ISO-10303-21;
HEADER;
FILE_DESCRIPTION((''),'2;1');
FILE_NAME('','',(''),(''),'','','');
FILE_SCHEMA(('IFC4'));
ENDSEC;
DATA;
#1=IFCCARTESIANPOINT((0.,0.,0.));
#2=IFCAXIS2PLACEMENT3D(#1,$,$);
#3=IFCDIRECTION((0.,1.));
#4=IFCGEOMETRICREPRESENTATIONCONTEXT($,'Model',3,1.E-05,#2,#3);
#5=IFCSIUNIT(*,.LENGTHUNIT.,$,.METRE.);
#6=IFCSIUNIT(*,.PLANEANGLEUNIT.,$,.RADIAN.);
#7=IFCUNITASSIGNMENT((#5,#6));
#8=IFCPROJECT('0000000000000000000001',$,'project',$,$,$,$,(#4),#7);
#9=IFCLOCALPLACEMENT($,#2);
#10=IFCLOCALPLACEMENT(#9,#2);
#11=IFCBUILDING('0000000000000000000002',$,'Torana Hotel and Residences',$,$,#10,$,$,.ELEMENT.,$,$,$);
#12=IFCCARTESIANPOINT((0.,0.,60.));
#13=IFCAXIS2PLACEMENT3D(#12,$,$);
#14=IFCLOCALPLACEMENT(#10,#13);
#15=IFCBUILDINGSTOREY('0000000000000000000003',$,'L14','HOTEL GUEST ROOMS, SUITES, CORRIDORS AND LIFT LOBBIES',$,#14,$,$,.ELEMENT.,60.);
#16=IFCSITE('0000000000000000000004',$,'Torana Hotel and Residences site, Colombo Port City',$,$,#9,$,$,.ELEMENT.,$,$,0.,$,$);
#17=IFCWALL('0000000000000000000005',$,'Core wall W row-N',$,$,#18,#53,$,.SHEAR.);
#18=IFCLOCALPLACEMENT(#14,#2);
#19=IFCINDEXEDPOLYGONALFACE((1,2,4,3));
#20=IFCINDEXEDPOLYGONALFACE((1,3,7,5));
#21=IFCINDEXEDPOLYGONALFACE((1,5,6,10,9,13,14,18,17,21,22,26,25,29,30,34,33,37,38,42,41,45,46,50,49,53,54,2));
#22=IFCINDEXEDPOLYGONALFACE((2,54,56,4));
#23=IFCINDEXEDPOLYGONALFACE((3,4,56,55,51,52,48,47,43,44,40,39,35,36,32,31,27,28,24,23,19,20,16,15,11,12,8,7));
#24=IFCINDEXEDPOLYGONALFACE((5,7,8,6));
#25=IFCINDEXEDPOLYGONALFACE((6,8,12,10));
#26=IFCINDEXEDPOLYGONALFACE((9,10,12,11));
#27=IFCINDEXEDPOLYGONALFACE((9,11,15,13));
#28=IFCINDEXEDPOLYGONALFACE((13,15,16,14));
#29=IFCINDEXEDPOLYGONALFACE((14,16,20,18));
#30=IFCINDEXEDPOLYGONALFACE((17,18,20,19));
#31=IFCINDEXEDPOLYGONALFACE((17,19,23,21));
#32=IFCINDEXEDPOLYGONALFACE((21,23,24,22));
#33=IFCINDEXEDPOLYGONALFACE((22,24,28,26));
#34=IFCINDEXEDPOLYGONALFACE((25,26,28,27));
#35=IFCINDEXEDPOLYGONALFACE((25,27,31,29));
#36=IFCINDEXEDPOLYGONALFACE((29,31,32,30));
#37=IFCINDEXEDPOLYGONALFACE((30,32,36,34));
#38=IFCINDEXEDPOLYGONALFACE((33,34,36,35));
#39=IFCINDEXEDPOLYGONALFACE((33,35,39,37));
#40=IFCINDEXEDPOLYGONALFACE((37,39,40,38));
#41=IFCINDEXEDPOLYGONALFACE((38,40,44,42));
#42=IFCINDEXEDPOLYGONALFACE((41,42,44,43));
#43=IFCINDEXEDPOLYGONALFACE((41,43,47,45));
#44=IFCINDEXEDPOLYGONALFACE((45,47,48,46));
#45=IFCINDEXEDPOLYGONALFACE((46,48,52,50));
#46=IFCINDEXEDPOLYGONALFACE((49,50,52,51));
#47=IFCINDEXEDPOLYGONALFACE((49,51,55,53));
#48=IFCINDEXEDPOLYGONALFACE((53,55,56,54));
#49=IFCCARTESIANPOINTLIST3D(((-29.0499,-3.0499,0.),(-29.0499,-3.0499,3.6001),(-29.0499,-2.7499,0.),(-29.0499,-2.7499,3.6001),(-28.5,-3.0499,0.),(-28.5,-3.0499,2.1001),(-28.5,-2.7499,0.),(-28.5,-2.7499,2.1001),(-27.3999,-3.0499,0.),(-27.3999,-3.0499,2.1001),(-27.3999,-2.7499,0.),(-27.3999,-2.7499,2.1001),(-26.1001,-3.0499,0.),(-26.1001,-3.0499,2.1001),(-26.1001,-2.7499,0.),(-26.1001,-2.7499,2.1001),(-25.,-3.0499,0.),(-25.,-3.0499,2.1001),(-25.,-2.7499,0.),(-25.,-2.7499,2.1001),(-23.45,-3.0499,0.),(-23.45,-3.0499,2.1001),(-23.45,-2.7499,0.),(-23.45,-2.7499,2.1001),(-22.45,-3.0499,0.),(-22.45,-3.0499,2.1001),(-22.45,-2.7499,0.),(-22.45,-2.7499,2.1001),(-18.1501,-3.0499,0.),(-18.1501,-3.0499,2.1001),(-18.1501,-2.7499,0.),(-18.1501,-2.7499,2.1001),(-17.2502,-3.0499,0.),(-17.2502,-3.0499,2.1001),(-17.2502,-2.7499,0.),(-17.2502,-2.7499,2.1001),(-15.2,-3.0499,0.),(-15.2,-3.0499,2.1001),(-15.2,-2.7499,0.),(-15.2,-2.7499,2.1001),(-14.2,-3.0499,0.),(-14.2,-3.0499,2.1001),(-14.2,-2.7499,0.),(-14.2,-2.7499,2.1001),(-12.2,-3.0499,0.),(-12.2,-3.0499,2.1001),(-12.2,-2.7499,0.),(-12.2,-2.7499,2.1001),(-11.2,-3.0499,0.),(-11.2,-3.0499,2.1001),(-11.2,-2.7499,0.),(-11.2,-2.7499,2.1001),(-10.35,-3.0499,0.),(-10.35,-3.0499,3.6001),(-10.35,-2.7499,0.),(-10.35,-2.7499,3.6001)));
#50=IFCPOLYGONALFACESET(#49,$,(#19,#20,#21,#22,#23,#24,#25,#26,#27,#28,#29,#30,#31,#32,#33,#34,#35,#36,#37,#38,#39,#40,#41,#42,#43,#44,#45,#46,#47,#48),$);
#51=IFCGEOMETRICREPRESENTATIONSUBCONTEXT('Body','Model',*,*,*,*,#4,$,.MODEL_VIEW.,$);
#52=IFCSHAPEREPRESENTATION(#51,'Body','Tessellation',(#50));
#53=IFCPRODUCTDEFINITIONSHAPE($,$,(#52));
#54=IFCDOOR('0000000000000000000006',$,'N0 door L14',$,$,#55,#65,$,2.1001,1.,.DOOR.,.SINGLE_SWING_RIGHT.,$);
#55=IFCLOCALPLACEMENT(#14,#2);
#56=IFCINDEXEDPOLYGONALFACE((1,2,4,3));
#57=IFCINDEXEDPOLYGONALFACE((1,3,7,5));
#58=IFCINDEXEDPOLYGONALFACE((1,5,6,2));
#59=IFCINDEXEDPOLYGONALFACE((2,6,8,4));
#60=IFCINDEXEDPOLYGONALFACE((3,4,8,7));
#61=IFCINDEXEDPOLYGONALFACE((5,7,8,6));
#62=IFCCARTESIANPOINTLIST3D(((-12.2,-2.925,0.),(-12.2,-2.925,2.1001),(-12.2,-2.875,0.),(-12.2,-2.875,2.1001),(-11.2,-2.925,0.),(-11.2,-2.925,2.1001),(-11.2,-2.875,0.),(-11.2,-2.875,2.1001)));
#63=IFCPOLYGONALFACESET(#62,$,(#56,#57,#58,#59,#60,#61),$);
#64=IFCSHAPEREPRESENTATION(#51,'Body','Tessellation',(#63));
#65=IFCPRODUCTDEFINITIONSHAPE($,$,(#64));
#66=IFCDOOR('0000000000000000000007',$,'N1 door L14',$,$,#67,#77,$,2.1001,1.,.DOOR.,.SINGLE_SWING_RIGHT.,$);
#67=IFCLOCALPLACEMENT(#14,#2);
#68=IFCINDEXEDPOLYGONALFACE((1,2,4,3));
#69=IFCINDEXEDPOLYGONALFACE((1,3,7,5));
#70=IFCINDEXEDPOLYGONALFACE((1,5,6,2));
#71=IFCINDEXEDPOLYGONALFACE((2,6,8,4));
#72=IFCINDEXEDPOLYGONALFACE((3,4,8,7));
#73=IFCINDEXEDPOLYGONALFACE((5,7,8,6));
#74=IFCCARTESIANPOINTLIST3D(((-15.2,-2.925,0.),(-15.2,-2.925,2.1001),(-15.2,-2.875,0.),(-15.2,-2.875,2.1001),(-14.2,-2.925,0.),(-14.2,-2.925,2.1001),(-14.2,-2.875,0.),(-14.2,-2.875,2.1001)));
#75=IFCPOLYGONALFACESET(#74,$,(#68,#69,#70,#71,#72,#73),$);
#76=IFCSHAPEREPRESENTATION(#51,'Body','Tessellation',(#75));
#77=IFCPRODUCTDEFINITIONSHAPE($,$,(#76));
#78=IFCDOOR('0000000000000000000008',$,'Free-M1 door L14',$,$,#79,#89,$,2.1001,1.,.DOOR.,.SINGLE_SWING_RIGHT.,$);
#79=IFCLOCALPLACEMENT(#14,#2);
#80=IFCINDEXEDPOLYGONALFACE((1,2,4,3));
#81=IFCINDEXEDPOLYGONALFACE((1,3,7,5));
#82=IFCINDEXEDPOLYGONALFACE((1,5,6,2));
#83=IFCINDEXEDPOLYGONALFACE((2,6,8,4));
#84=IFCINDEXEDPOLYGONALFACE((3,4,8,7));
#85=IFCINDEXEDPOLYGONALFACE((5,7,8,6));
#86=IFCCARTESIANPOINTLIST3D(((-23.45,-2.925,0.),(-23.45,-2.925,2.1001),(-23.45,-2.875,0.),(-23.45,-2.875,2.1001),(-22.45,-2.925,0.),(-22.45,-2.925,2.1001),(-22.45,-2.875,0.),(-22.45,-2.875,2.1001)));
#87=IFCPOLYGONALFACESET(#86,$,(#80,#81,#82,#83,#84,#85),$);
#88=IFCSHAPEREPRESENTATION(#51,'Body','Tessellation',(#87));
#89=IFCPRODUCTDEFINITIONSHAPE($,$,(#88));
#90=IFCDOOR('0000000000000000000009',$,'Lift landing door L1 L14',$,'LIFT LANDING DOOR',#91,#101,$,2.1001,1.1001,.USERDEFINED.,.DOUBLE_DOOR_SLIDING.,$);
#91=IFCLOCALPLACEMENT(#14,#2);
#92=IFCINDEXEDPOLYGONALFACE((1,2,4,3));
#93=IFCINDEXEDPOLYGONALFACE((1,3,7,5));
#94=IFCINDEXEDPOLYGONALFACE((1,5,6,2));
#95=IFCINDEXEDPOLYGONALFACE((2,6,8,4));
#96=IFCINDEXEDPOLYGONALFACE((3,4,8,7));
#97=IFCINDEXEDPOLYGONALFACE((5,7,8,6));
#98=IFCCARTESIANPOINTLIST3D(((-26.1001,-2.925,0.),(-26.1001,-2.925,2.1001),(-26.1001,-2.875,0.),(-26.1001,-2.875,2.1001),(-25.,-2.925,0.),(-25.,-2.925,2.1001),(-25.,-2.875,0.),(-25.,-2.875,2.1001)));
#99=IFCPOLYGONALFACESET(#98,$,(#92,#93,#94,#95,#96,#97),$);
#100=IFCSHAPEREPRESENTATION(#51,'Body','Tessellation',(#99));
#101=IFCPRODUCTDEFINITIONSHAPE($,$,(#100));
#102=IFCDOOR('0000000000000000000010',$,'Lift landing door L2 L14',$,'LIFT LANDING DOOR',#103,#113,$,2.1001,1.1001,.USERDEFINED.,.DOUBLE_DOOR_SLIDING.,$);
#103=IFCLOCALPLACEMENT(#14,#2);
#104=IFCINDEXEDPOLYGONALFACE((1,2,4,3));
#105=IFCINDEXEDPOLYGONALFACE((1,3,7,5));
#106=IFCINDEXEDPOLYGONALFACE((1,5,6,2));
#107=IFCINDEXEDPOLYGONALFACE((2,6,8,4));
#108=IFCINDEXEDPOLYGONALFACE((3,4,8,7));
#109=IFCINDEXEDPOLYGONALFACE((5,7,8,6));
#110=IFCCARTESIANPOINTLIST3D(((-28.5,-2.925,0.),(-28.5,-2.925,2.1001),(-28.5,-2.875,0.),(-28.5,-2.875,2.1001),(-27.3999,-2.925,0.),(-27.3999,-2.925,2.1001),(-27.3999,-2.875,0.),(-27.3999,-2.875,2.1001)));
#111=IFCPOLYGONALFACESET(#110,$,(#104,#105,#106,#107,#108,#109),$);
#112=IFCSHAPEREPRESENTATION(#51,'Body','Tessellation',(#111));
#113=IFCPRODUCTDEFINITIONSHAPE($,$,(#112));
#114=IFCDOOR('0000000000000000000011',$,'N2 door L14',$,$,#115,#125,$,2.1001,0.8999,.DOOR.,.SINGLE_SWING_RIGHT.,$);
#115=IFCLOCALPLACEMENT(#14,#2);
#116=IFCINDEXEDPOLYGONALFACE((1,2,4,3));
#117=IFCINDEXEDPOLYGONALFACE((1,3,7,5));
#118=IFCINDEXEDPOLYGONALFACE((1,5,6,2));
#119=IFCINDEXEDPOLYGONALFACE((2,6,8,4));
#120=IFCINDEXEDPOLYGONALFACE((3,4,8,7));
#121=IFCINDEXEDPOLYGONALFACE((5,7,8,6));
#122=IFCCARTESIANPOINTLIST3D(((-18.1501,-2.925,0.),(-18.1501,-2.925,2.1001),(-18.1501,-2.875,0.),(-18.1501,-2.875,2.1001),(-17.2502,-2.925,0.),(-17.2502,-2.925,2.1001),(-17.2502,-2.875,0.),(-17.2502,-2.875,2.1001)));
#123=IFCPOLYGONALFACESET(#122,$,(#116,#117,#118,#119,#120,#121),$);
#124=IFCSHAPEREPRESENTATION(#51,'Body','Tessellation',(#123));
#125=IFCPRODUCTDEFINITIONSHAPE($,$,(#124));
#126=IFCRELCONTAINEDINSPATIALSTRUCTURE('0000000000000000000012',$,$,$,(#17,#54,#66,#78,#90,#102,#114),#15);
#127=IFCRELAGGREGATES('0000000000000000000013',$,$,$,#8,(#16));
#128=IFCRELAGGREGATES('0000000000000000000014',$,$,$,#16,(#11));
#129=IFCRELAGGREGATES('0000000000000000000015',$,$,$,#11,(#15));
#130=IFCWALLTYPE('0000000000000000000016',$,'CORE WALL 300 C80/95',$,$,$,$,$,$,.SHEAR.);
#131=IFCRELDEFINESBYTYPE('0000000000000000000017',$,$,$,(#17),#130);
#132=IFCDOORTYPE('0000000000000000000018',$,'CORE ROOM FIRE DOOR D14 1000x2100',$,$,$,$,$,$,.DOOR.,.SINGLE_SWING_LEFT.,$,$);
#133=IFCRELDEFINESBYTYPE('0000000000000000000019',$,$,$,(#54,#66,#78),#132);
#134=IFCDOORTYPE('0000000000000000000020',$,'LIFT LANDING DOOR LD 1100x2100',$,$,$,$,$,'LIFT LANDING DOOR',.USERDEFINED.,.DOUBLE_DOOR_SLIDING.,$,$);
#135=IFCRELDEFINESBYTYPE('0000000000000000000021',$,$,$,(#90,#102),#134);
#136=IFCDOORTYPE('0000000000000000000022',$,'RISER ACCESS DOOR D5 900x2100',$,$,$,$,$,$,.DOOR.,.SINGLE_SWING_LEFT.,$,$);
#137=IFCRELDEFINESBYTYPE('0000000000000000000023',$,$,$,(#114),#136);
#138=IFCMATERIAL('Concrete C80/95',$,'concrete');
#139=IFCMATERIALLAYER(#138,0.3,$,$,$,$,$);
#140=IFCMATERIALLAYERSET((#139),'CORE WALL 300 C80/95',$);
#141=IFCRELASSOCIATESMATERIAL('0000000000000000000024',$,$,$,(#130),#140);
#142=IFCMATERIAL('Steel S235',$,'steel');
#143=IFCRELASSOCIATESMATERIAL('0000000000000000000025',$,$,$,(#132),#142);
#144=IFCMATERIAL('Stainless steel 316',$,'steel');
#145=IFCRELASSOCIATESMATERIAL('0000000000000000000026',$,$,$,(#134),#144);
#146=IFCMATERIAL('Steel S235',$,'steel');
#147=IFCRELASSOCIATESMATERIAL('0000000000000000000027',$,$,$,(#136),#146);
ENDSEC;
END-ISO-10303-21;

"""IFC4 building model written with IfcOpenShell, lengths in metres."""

from ifc_helpers import new_model, si_unit, direction, frame, frame_2d, origin, place, context, subcontext, project, spatial, rectangle, extrude, material, layer, layer_set, type_object, element, fill, save


model = new_model("IFC4")

# Units and contexts
model_context = context("Model", 3, precision=1e-05, world=origin(), true_north=direction((0.0, 1.0)))
body_context = subcontext(model_context, "Body", "Model", "MODEL_VIEW")
ifc_project = project(units=[si_unit("LENGTHUNIT", "METRE"), si_unit("PLANEANGLEUNIT", "RADIAN")], contexts=[model_context])

# Site, building, storey
site_placement = place(None, origin())
site = spatial("IfcSite", under=ifc_project, at=site_placement, Name="Torana Hotel and Residences site, Colombo Port City", CompositionType="ELEMENT", RefElevation=0.0)
building_placement = place(site_placement, origin())
building = spatial("IfcBuilding", under=site, at=building_placement, Name="Torana Hotel and Residences", CompositionType="ELEMENT")
storey_placement = place(building_placement, frame((0.0, 0.0, 60.0)))
storey = spatial("IfcBuildingStorey", under=building, at=storey_placement, Name="L14", Description="HOTEL GUEST ROOMS, SUITES, CORRIDORS AND LIFT LOBBIES", CompositionType="ELEMENT", Elevation=60.0)

# Wall, openings, doors
ifc_material_1 = material(Name="Concrete C80/95", Category="concrete")
ifc_layer_1 = layer(ifc_material_1, 0.3)
ifc_layer_set_1 = layer_set([ifc_layer_1], Name="CORE WALL 300 C80/95")
wall_type_1 = type_object("IfcWallType", Name="CORE WALL 300 C80/95", PredefinedType="SHEAR", material=ifc_layer_set_1)
wall_1_placement = place(storey_placement, frame((-29.05, -2.8999, 0.0), z_axis=(0.0, 0.0, 1.0), x_axis=(1.0, 0.0, 0.0)))
wall_1 = element("IfcWall", 1, at=wall_1_placement, inside=storey, type_object=wall_type_1, Name="Core wall W row-N", PredefinedType="SHEAR", context=body_context, shape_type="SweptSolid", body=[
    extrude(rectangle(XDim=18.7, YDim=0.3, at=frame_2d((9.3501, 0.0))), origin(), (0.0, 0.0, 1.0), 3.6001),
])
opening_1_placement = place(wall_1_placement, frame((2.95, 0.0, 0.0)))
opening_1 = element("IfcOpeningElement", 2, at=opening_1_placement, cuts=wall_1, PredefinedType="OPENING", context=body_context, shape_type="SweptSolid", body=[
    extrude(rectangle(XDim=1.1001, YDim=2.1001, at=frame_2d((0.55, 1.05))), frame((0.0, 0.1599, 0.0), z_axis=(0.0, -1.0, 0.0), x_axis=(1.0, 0.0, 0.0)), (0.0, 0.0, 1.0), 0.3201),
])
opening_2_placement = place(wall_1_placement, frame((0.55, 0.0, 0.0)))
opening_2 = element("IfcOpeningElement", 3, at=opening_2_placement, cuts=wall_1, PredefinedType="OPENING", context=body_context, shape_type="SweptSolid", body=[
    extrude(rectangle(XDim=1.1001, YDim=2.1001, at=frame_2d((0.55, 1.05))), frame((0.0, 0.1599, 0.0), z_axis=(0.0, -1.0, 0.0), x_axis=(1.0, 0.0, 0.0)), (0.0, 0.0, 1.0), 0.3201),
])
opening_3_placement = place(wall_1_placement, frame((10.8999, 0.0, 0.0)))
opening_3 = element("IfcOpeningElement", 4, at=opening_3_placement, cuts=wall_1, PredefinedType="OPENING", context=body_context, shape_type="SweptSolid", body=[
    extrude(rectangle(XDim=0.8999, YDim=2.1001, at=frame_2d((0.45, 1.05))), frame((0.0, 0.1599, 0.0), z_axis=(0.0, -1.0, 0.0), x_axis=(1.0, 0.0, 0.0)), (0.0, 0.0, 1.0), 0.3201),
])
opening_4_placement = place(wall_1_placement, frame((16.8501, 0.0, 0.0)))
opening_4 = element("IfcOpeningElement", 5, at=opening_4_placement, cuts=wall_1, PredefinedType="OPENING", context=body_context, shape_type="SweptSolid", body=[
    extrude(rectangle(XDim=1.0, YDim=2.1001, at=frame_2d((0.5, 1.05))), frame((0.0, 0.1599, 0.0), z_axis=(0.0, -1.0, 0.0), x_axis=(1.0, 0.0, 0.0)), (0.0, 0.0, 1.0), 0.3201),
])
opening_5_placement = place(wall_1_placement, frame((13.8501, 0.0, 0.0)))
opening_5 = element("IfcOpeningElement", 6, at=opening_5_placement, cuts=wall_1, PredefinedType="OPENING", context=body_context, shape_type="SweptSolid", body=[
    extrude(rectangle(XDim=1.0, YDim=2.1001, at=frame_2d((0.5, 1.05))), frame((0.0, 0.1599, 0.0), z_axis=(0.0, -1.0, 0.0), x_axis=(1.0, 0.0, 0.0)), (0.0, 0.0, 1.0), 0.3201),
])
opening_6_placement = place(wall_1_placement, frame((5.6001, 0.0, 0.0)))
opening_6 = element("IfcOpeningElement", 7, at=opening_6_placement, cuts=wall_1, PredefinedType="OPENING", context=body_context, shape_type="SweptSolid", body=[
    extrude(rectangle(XDim=1.0, YDim=2.1001, at=frame_2d((0.5, 1.05))), frame((0.0, 0.1599, 0.0), z_axis=(0.0, -1.0, 0.0), x_axis=(1.0, 0.0, 0.0)), (0.0, 0.0, 1.0), 0.3201),
])
ifc_material_2 = material(Name="Steel S235", Category="steel")
door_type_1 = type_object("IfcDoorType", Name="CORE ROOM FIRE DOOR D14 1000x2100", OperationType="SINGLE_SWING_LEFT", PredefinedType="DOOR", material=ifc_material_2)
door_1_placement = place(opening_4_placement, origin())
door_1 = element("IfcDoor", 8, at=door_1_placement, inside=storey, type_object=door_type_1, Name="N0 door L14", OperationType="SINGLE_SWING_RIGHT", OverallHeight=2.1001, OverallWidth=1.0, PredefinedType="DOOR", context=body_context, shape_type="SweptSolid", body=[
    extrude(rectangle(XDim=1.0, YDim=2.1001, at=frame_2d((0.5, 1.05))), frame((0.0, 0.0249, 0.0), z_axis=(0.0, -1.0, 0.0), x_axis=(1.0, 0.0, 0.0)), (0.0, 0.0, 1.0), 0.05),
])
fill(opening_4, door_1)
door_2_placement = place(opening_5_placement, origin())
door_2 = element("IfcDoor", 9, at=door_2_placement, inside=storey, type_object=door_type_1, Name="N1 door L14", OperationType="SINGLE_SWING_RIGHT", OverallHeight=2.1001, OverallWidth=1.0, PredefinedType="DOOR", context=body_context, shape_type="SweptSolid", body=[
    extrude(rectangle(XDim=1.0, YDim=2.1001, at=frame_2d((0.5, 1.05))), frame((0.0, 0.0249, 0.0), z_axis=(0.0, -1.0, 0.0), x_axis=(1.0, 0.0, 0.0)), (0.0, 0.0, 1.0), 0.05),
])
fill(opening_5, door_2)
door_3_placement = place(opening_6_placement, origin())
door_3 = element("IfcDoor", 10, at=door_3_placement, inside=storey, type_object=door_type_1, Name="Free-M1 door L14", OperationType="SINGLE_SWING_RIGHT", OverallHeight=2.1001, OverallWidth=1.0, PredefinedType="DOOR", context=body_context, shape_type="SweptSolid", body=[
    extrude(rectangle(XDim=1.0, YDim=2.1001, at=frame_2d((0.5, 1.05))), frame((0.0, 0.0249, 0.0), z_axis=(0.0, -1.0, 0.0), x_axis=(1.0, 0.0, 0.0)), (0.0, 0.0, 1.0), 0.05),
])
fill(opening_6, door_3)
ifc_material_3 = material(Name="Stainless steel 316", Category="steel")
door_type_2 = type_object("IfcDoorType", Name="LIFT LANDING DOOR LD 1100x2100", ElementType="LIFT LANDING DOOR", OperationType="DOUBLE_DOOR_SLIDING", PredefinedType="USERDEFINED", material=ifc_material_3)
door_4_placement = place(opening_1_placement, origin())
door_4 = element("IfcDoor", 11, at=door_4_placement, inside=storey, type_object=door_type_2, Name="Lift landing door L1 L14", ObjectType="LIFT LANDING DOOR", OperationType="DOUBLE_DOOR_SLIDING", OverallHeight=2.1001, OverallWidth=1.1001, PredefinedType="USERDEFINED", context=body_context, shape_type="SweptSolid", body=[
    extrude(rectangle(XDim=1.1001, YDim=2.1001, at=frame_2d((0.55, 1.05))), frame((0.0, 0.0249, 0.0), z_axis=(0.0, -1.0, 0.0), x_axis=(1.0, 0.0, 0.0)), (0.0, 0.0, 1.0), 0.05),
])
fill(opening_1, door_4)
door_5_placement = place(opening_2_placement, origin())
door_5 = element("IfcDoor", 12, at=door_5_placement, inside=storey, type_object=door_type_2, Name="Lift landing door L2 L14", ObjectType="LIFT LANDING DOOR", OperationType="DOUBLE_DOOR_SLIDING", OverallHeight=2.1001, OverallWidth=1.1001, PredefinedType="USERDEFINED", context=body_context, shape_type="SweptSolid", body=[
    extrude(rectangle(XDim=1.1001, YDim=2.1001, at=frame_2d((0.55, 1.05))), frame((0.0, 0.0249, 0.0), z_axis=(0.0, -1.0, 0.0), x_axis=(1.0, 0.0, 0.0)), (0.0, 0.0, 1.0), 0.05),
])
fill(opening_2, door_5)
ifc_material_4 = material(Name="Steel S235", Category="steel")
door_type_3 = type_object("IfcDoorType", Name="RISER ACCESS DOOR D5 900x2100", OperationType="SINGLE_SWING_LEFT", PredefinedType="DOOR", material=ifc_material_4)
door_6_placement = place(opening_3_placement, origin())
door_6 = element("IfcDoor", 13, at=door_6_placement, inside=storey, type_object=door_type_3, Name="N2 door L14", OperationType="SINGLE_SWING_RIGHT", OverallHeight=2.1001, OverallWidth=0.8999, PredefinedType="DOOR", context=body_context, shape_type="SweptSolid", body=[
    extrude(rectangle(XDim=0.8999, YDim=2.1001, at=frame_2d((0.45, 1.05))), frame((0.0, 0.0249, 0.0), z_axis=(0.0, -1.0, 0.0), x_axis=(1.0, 0.0, 0.0)), (0.0, 0.0, 1.0), 0.05),
])
fill(opening_3, door_6)

save(model, "model.ifc")
